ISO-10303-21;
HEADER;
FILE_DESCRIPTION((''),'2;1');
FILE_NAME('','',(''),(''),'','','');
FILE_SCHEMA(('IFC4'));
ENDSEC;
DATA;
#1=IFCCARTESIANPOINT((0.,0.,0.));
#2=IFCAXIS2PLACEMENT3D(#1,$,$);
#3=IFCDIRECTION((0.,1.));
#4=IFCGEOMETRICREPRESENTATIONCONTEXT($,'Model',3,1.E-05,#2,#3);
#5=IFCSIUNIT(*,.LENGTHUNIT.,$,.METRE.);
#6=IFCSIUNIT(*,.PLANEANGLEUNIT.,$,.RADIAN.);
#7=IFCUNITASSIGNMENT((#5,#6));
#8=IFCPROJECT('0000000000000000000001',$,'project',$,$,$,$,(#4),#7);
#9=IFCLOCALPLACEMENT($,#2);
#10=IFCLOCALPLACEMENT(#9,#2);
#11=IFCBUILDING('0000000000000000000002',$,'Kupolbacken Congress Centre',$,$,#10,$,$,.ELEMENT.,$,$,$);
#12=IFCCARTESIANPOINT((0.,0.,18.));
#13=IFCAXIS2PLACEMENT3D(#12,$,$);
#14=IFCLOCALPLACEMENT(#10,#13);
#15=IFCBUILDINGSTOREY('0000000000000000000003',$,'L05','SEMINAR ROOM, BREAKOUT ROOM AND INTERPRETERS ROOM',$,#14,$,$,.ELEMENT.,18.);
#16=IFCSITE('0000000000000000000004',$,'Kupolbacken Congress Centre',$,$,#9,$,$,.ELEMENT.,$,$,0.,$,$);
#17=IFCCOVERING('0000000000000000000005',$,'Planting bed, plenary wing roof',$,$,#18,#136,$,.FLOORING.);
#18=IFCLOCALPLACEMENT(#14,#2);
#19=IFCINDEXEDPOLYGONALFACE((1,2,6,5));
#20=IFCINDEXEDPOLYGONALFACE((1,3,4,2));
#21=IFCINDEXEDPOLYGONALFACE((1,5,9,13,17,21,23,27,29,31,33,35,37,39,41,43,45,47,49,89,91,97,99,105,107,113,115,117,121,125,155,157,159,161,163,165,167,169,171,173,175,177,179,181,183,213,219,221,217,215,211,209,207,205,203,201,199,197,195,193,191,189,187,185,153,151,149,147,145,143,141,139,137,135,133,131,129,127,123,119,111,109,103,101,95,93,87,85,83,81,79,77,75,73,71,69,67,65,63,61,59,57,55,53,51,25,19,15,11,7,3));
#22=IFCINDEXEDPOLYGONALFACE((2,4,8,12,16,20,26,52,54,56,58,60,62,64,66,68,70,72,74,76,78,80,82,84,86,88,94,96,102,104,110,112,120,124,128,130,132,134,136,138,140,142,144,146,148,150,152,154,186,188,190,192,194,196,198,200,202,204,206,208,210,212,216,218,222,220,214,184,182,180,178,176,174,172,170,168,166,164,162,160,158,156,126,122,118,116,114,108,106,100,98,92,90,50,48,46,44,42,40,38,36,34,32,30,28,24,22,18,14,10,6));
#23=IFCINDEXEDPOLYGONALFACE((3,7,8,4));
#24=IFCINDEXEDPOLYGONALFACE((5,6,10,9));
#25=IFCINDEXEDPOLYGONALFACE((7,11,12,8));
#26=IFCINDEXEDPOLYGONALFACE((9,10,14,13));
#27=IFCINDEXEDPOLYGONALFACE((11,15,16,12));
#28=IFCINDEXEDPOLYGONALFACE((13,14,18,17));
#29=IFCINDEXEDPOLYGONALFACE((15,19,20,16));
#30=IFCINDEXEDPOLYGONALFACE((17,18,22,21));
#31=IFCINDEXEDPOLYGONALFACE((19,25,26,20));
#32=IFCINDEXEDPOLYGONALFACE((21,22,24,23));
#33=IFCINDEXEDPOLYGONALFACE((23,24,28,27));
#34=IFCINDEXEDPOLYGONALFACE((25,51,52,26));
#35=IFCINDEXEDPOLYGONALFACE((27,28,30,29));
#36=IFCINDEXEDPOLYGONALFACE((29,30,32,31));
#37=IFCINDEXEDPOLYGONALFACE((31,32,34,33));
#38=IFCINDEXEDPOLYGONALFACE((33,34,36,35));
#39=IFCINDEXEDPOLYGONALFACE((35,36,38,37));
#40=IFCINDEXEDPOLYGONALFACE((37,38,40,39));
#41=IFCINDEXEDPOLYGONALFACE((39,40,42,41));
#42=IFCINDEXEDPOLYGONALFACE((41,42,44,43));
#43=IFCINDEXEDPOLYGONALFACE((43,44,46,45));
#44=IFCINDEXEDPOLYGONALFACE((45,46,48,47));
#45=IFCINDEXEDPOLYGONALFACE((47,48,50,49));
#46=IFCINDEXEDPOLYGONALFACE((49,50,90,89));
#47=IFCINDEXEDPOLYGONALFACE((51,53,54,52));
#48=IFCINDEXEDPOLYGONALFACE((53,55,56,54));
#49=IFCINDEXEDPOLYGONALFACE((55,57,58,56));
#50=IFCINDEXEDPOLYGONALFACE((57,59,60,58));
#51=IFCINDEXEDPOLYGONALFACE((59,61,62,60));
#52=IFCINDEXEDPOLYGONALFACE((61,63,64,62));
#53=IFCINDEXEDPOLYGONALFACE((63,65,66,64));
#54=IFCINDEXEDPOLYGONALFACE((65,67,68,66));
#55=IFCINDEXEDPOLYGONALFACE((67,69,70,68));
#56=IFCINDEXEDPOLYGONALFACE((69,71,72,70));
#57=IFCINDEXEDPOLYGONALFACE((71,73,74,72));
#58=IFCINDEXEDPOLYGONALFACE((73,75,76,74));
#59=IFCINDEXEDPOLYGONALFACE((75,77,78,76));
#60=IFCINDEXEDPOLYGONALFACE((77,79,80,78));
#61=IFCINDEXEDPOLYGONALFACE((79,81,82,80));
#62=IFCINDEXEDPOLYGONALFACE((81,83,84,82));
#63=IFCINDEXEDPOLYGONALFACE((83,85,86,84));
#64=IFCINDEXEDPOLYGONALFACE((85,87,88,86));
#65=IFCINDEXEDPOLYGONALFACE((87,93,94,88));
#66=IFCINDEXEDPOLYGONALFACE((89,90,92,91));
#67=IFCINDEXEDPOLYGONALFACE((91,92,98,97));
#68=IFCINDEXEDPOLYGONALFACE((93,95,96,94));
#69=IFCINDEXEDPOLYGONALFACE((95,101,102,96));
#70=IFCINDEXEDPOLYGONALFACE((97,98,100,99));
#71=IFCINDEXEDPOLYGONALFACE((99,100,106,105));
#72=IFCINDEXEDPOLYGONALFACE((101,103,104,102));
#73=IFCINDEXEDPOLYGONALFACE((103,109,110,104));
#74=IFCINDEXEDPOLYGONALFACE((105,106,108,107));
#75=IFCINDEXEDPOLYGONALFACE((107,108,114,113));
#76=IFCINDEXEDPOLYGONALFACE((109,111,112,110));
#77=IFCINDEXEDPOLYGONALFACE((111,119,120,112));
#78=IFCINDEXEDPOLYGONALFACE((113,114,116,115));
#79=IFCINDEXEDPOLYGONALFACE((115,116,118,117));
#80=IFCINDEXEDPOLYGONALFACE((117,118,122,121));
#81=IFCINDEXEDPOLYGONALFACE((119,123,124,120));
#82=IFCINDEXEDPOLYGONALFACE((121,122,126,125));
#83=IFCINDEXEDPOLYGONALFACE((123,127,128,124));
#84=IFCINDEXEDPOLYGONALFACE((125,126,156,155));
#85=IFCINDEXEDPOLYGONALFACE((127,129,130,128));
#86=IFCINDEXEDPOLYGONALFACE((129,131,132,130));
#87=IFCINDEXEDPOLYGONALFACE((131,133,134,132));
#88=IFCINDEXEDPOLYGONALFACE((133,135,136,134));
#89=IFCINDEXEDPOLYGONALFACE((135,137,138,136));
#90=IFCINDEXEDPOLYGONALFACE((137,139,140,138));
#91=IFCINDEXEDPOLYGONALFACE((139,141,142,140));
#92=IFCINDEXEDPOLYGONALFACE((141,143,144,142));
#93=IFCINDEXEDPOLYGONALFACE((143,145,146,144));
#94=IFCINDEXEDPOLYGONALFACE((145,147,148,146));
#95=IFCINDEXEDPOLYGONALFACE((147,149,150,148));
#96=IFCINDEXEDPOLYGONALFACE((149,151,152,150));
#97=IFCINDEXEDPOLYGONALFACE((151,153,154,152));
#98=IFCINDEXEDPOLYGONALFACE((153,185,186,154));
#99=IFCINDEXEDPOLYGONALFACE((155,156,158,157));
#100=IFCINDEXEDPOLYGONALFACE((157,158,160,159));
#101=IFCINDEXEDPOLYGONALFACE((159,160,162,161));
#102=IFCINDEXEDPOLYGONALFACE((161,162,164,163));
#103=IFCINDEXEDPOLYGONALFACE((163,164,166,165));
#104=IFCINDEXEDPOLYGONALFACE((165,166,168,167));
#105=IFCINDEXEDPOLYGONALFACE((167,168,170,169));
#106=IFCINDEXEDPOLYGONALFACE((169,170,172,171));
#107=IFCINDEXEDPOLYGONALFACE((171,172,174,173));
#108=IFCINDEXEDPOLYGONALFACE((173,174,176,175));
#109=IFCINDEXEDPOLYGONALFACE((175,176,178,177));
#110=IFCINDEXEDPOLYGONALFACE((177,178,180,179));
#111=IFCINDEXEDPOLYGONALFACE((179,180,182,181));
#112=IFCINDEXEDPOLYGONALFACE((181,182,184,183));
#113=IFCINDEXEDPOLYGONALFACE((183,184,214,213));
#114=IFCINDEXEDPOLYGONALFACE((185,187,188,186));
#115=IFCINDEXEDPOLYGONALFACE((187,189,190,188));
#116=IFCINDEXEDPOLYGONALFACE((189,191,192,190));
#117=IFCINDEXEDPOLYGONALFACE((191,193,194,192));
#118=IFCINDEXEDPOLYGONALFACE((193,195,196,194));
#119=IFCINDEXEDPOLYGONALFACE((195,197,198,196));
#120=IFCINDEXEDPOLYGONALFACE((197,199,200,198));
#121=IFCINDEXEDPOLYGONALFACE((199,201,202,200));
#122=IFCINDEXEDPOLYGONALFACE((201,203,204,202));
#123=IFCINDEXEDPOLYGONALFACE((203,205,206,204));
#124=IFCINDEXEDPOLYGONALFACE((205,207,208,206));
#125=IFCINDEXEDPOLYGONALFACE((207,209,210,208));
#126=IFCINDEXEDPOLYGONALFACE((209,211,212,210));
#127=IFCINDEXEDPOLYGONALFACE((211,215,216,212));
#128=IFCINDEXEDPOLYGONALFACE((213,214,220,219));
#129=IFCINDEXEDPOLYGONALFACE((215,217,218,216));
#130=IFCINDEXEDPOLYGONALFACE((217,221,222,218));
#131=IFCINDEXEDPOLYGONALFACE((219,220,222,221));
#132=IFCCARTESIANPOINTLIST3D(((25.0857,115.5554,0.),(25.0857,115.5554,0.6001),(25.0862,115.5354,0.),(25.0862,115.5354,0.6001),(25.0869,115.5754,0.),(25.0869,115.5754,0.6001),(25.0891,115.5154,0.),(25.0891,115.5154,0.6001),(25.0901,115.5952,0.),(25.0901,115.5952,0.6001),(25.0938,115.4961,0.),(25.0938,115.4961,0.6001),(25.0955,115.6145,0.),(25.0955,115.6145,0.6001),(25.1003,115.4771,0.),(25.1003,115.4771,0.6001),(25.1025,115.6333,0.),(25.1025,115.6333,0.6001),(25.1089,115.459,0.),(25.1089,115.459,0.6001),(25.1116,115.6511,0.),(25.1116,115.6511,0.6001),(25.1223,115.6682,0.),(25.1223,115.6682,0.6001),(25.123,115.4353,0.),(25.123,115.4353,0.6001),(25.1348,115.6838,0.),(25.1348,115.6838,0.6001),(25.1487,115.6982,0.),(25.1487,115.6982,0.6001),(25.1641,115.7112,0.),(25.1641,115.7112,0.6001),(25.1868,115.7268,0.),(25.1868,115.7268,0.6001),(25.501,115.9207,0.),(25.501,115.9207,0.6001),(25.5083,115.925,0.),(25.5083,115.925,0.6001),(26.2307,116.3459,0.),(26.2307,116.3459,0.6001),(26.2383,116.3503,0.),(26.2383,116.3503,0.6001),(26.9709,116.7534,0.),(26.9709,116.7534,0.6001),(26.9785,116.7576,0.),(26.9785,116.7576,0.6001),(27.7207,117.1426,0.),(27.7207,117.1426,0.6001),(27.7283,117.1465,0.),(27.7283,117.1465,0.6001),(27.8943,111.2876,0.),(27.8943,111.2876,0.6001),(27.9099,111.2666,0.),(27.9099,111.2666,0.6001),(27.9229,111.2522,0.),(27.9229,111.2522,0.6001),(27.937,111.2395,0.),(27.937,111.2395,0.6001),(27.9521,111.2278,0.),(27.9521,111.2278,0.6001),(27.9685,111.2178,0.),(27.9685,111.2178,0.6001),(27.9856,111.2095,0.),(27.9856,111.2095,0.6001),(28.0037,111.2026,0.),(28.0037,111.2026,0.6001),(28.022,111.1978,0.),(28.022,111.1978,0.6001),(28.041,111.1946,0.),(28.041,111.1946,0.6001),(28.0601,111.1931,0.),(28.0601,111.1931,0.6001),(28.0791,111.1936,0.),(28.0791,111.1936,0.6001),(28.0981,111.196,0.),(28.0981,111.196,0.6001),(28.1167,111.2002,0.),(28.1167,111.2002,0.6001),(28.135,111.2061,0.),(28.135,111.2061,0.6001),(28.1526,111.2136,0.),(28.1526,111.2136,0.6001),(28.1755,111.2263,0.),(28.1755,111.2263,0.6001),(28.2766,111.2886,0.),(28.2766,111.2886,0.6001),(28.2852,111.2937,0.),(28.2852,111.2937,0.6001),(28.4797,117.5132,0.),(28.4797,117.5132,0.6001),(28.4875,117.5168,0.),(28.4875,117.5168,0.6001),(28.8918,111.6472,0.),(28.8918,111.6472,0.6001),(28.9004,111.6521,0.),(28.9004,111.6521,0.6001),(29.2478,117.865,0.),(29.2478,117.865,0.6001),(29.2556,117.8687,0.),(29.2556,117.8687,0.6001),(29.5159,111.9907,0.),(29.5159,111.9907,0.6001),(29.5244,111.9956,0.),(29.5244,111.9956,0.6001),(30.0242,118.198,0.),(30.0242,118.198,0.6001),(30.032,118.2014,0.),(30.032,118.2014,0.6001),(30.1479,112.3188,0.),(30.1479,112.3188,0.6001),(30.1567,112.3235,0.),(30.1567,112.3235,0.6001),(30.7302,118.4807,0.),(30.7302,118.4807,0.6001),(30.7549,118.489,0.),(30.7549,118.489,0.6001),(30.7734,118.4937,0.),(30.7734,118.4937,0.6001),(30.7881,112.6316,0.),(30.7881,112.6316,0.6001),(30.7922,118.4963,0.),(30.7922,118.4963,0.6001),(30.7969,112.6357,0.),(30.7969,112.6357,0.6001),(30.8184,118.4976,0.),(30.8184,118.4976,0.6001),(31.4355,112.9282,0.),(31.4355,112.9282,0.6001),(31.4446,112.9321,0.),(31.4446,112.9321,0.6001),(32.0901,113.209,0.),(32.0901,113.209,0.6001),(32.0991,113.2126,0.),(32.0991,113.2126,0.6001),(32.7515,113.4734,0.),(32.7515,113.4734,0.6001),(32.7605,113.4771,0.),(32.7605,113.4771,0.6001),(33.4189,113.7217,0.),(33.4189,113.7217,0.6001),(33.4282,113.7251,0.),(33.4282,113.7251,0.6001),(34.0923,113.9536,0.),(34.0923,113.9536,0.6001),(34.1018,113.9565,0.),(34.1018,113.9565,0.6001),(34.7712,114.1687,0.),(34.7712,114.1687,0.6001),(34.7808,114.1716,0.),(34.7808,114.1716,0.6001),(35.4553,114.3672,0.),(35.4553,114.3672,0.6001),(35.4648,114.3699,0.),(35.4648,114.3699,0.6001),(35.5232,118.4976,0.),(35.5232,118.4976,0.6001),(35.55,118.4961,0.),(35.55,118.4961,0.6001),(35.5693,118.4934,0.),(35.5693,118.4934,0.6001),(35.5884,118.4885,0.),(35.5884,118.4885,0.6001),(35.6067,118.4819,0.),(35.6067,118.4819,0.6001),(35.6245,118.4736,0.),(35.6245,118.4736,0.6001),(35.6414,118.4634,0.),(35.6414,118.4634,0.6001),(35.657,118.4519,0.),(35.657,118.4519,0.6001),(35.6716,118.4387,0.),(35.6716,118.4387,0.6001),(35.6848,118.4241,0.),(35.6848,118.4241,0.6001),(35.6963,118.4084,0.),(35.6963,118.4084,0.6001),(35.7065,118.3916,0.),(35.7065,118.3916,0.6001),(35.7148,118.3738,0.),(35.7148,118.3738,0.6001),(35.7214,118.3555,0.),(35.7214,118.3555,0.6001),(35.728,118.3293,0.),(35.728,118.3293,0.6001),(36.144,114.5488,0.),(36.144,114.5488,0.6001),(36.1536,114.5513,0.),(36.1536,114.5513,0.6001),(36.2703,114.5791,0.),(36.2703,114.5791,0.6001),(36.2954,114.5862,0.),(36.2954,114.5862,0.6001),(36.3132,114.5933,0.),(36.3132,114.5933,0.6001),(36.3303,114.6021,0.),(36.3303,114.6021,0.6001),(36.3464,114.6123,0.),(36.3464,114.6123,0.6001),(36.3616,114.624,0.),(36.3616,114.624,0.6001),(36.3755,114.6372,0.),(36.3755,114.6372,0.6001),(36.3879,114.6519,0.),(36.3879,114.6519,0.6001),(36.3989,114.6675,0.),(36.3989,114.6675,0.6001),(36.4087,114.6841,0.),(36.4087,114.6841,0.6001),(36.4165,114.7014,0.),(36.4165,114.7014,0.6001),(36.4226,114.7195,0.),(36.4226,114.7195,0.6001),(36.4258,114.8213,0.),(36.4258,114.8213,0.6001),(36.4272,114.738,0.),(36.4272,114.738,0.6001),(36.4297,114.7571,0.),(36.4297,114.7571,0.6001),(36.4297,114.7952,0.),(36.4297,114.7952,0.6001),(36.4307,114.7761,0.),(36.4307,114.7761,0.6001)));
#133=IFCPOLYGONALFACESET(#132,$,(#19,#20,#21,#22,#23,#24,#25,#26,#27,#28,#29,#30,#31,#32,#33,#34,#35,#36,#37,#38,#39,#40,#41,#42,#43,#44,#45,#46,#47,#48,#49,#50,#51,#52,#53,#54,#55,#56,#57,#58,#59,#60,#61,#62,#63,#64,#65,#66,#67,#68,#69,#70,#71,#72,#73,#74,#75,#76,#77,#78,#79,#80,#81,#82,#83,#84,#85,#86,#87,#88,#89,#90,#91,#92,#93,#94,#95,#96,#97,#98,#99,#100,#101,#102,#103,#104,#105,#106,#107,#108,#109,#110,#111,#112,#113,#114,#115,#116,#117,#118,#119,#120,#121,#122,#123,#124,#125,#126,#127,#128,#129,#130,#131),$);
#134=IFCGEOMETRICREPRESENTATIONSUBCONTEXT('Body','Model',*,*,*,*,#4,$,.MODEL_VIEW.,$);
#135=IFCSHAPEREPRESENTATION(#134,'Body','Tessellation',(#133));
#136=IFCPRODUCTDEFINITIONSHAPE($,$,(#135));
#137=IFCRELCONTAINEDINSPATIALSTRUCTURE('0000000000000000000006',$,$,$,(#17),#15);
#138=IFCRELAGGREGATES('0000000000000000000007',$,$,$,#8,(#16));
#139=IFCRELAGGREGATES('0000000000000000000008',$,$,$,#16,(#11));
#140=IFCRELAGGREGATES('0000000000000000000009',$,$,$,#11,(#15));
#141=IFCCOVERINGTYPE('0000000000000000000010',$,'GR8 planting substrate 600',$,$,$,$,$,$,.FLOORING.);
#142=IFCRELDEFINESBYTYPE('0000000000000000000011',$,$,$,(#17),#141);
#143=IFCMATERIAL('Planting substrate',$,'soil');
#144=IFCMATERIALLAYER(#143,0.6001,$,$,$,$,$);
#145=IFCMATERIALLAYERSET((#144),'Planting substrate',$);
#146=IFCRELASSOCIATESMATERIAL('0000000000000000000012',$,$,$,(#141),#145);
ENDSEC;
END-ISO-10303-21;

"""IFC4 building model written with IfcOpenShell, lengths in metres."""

from ifc_helpers import new_model, si_unit, direction, frame, origin, place, context, subcontext, project, spatial, polyline, outline, extrude, material, layer, layer_set, type_object, element, save


model = new_model("IFC4")

# Units and contexts
model_context = context("Model", 3, precision=1e-05, world=origin(), true_north=direction((0.0, 1.0)))
body_context = subcontext(model_context, "Body", "Model", "MODEL_VIEW")
ifc_project = project(units=[si_unit("LENGTHUNIT", "METRE"), si_unit("PLANEANGLEUNIT", "RADIAN")], contexts=[model_context])

# Site, building, storey
site_placement = place(None, origin())
site = spatial("IfcSite", under=ifc_project, at=site_placement, Name="Kupolbacken Congress Centre", CompositionType="ELEMENT", RefElevation=0.0)
building_placement = place(site_placement, origin())
building = spatial("IfcBuilding", under=site, at=building_placement, Name="Kupolbacken Congress Centre", CompositionType="ELEMENT")
storey_placement = place(building_placement, frame((0.0, 0.0, 18.0)))
storey = spatial("IfcBuildingStorey", under=building, at=storey_placement, Name="L05", Description="SEMINAR ROOM, BREAKOUT ROOM AND INTERPRETERS ROOM", CompositionType="ELEMENT", Elevation=18.0)

# Covering
ifc_material_1 = material(Name="Planting substrate", Category="soil")
ifc_layer_1 = layer(ifc_material_1, 0.6001)
ifc_layer_set_1 = layer_set([ifc_layer_1], Name="Planting substrate")
covering_type_1 = type_object("IfcCoveringType", Name="GR8 planting substrate 600", PredefinedType="FLOORING", material=ifc_layer_set_1)
covering_1_placement = place(storey_placement, origin())
element("IfcCovering", 1, at=covering_1_placement, inside=storey, type_object=covering_type_1, Name="Planting bed, plenary wing roof", PredefinedType="FLOORING", context=body_context, shape_type="SweptSolid", body=[
    extrude(outline(polyline([(25.123, 115.4353), (25.1089, 115.459), (25.1003, 115.4771), (25.0938, 115.4961), (25.0891, 115.5154), (25.0862, 115.5354), (25.0857, 115.5554), (25.0869, 115.5754), (25.0901, 115.5952), (25.0955, 115.6145), (25.1025, 115.6333), (25.1116, 115.6511), (25.1223, 115.6682), (25.1348, 115.6838), (25.1487, 115.6982), (25.1641, 115.7112), (25.1868, 115.7268), (25.501, 115.9207), (25.5083, 115.925), (26.2307, 116.3459), (26.2383, 116.3503), (26.9709, 116.7534), (26.9785, 116.7576), (27.7207, 117.1426), (27.7283, 117.1465), (28.4797, 117.5132), (28.4875, 117.5168), (29.2478, 117.865), (29.2556, 117.8687), (30.0242, 118.198), (30.032, 118.2014), (30.7302, 118.4807), (30.7549, 118.489), (30.7734, 118.4937), (30.7922, 118.4963), (30.8184, 118.4976), (35.5232, 118.4976), (35.55, 118.4961), (35.5693, 118.4934), (35.5884, 118.4885), (35.6067, 118.4819), (35.6245, 118.4736), (35.6414, 118.4634), (35.657, 118.4519), (35.6716, 118.4387), (35.6848, 118.4241), (35.6963, 118.4084), (35.7065, 118.3916), (35.7148, 118.3738), (35.7214, 118.3555), (35.728, 118.3293), (36.4258, 114.8213), (36.4297, 114.7952), (36.4307, 114.7761), (36.4297, 114.7571), (36.4272, 114.738), (36.4226, 114.7195), (36.4165, 114.7014), (36.4087, 114.6841), (36.3989, 114.6675), (36.3879, 114.6519), (36.3755, 114.6372), (36.3616, 114.624), (36.3464, 114.6123), (36.3303, 114.6021), (36.3132, 114.5933), (36.2954, 114.5862), (36.2703, 114.5791), (36.1536, 114.5513), (36.144, 114.5488), (35.4648, 114.3699), (35.4553, 114.3672), (34.7808, 114.1716), (34.7712, 114.1687), (34.1018, 113.9565), (34.0923, 113.9536), (33.4282, 113.7251), (33.4189, 113.7217), (32.7605, 113.4771), (32.7515, 113.4734), (32.0991, 113.2126), (32.0901, 113.209), (31.4446, 112.9321), (31.4355, 112.9282), (30.7969, 112.6357), (30.7881, 112.6316), (30.1567, 112.3235), (30.1479, 112.3188), (29.5244, 111.9956), (29.5159, 111.9907), (28.9004, 111.6521), (28.8918, 111.6472), (28.2852, 111.2937), (28.2766, 111.2886), (28.1755, 111.2263), (28.1526, 111.2136), (28.135, 111.2061), (28.1167, 111.2002), (28.0981, 111.196), (28.0791, 111.1936), (28.0601, 111.1931), (28.041, 111.1946), (28.022, 111.1978), (28.0037, 111.2026), (27.9856, 111.2095), (27.9685, 111.2178), (27.9521, 111.2278), (27.937, 111.2395), (27.9229, 111.2522), (27.9099, 111.2666), (27.8943, 111.2876), (25.123, 115.4353)])), origin(), (0.0, 0.0, 1.0), 0.6001),
])

save(model, "model.ifc")
